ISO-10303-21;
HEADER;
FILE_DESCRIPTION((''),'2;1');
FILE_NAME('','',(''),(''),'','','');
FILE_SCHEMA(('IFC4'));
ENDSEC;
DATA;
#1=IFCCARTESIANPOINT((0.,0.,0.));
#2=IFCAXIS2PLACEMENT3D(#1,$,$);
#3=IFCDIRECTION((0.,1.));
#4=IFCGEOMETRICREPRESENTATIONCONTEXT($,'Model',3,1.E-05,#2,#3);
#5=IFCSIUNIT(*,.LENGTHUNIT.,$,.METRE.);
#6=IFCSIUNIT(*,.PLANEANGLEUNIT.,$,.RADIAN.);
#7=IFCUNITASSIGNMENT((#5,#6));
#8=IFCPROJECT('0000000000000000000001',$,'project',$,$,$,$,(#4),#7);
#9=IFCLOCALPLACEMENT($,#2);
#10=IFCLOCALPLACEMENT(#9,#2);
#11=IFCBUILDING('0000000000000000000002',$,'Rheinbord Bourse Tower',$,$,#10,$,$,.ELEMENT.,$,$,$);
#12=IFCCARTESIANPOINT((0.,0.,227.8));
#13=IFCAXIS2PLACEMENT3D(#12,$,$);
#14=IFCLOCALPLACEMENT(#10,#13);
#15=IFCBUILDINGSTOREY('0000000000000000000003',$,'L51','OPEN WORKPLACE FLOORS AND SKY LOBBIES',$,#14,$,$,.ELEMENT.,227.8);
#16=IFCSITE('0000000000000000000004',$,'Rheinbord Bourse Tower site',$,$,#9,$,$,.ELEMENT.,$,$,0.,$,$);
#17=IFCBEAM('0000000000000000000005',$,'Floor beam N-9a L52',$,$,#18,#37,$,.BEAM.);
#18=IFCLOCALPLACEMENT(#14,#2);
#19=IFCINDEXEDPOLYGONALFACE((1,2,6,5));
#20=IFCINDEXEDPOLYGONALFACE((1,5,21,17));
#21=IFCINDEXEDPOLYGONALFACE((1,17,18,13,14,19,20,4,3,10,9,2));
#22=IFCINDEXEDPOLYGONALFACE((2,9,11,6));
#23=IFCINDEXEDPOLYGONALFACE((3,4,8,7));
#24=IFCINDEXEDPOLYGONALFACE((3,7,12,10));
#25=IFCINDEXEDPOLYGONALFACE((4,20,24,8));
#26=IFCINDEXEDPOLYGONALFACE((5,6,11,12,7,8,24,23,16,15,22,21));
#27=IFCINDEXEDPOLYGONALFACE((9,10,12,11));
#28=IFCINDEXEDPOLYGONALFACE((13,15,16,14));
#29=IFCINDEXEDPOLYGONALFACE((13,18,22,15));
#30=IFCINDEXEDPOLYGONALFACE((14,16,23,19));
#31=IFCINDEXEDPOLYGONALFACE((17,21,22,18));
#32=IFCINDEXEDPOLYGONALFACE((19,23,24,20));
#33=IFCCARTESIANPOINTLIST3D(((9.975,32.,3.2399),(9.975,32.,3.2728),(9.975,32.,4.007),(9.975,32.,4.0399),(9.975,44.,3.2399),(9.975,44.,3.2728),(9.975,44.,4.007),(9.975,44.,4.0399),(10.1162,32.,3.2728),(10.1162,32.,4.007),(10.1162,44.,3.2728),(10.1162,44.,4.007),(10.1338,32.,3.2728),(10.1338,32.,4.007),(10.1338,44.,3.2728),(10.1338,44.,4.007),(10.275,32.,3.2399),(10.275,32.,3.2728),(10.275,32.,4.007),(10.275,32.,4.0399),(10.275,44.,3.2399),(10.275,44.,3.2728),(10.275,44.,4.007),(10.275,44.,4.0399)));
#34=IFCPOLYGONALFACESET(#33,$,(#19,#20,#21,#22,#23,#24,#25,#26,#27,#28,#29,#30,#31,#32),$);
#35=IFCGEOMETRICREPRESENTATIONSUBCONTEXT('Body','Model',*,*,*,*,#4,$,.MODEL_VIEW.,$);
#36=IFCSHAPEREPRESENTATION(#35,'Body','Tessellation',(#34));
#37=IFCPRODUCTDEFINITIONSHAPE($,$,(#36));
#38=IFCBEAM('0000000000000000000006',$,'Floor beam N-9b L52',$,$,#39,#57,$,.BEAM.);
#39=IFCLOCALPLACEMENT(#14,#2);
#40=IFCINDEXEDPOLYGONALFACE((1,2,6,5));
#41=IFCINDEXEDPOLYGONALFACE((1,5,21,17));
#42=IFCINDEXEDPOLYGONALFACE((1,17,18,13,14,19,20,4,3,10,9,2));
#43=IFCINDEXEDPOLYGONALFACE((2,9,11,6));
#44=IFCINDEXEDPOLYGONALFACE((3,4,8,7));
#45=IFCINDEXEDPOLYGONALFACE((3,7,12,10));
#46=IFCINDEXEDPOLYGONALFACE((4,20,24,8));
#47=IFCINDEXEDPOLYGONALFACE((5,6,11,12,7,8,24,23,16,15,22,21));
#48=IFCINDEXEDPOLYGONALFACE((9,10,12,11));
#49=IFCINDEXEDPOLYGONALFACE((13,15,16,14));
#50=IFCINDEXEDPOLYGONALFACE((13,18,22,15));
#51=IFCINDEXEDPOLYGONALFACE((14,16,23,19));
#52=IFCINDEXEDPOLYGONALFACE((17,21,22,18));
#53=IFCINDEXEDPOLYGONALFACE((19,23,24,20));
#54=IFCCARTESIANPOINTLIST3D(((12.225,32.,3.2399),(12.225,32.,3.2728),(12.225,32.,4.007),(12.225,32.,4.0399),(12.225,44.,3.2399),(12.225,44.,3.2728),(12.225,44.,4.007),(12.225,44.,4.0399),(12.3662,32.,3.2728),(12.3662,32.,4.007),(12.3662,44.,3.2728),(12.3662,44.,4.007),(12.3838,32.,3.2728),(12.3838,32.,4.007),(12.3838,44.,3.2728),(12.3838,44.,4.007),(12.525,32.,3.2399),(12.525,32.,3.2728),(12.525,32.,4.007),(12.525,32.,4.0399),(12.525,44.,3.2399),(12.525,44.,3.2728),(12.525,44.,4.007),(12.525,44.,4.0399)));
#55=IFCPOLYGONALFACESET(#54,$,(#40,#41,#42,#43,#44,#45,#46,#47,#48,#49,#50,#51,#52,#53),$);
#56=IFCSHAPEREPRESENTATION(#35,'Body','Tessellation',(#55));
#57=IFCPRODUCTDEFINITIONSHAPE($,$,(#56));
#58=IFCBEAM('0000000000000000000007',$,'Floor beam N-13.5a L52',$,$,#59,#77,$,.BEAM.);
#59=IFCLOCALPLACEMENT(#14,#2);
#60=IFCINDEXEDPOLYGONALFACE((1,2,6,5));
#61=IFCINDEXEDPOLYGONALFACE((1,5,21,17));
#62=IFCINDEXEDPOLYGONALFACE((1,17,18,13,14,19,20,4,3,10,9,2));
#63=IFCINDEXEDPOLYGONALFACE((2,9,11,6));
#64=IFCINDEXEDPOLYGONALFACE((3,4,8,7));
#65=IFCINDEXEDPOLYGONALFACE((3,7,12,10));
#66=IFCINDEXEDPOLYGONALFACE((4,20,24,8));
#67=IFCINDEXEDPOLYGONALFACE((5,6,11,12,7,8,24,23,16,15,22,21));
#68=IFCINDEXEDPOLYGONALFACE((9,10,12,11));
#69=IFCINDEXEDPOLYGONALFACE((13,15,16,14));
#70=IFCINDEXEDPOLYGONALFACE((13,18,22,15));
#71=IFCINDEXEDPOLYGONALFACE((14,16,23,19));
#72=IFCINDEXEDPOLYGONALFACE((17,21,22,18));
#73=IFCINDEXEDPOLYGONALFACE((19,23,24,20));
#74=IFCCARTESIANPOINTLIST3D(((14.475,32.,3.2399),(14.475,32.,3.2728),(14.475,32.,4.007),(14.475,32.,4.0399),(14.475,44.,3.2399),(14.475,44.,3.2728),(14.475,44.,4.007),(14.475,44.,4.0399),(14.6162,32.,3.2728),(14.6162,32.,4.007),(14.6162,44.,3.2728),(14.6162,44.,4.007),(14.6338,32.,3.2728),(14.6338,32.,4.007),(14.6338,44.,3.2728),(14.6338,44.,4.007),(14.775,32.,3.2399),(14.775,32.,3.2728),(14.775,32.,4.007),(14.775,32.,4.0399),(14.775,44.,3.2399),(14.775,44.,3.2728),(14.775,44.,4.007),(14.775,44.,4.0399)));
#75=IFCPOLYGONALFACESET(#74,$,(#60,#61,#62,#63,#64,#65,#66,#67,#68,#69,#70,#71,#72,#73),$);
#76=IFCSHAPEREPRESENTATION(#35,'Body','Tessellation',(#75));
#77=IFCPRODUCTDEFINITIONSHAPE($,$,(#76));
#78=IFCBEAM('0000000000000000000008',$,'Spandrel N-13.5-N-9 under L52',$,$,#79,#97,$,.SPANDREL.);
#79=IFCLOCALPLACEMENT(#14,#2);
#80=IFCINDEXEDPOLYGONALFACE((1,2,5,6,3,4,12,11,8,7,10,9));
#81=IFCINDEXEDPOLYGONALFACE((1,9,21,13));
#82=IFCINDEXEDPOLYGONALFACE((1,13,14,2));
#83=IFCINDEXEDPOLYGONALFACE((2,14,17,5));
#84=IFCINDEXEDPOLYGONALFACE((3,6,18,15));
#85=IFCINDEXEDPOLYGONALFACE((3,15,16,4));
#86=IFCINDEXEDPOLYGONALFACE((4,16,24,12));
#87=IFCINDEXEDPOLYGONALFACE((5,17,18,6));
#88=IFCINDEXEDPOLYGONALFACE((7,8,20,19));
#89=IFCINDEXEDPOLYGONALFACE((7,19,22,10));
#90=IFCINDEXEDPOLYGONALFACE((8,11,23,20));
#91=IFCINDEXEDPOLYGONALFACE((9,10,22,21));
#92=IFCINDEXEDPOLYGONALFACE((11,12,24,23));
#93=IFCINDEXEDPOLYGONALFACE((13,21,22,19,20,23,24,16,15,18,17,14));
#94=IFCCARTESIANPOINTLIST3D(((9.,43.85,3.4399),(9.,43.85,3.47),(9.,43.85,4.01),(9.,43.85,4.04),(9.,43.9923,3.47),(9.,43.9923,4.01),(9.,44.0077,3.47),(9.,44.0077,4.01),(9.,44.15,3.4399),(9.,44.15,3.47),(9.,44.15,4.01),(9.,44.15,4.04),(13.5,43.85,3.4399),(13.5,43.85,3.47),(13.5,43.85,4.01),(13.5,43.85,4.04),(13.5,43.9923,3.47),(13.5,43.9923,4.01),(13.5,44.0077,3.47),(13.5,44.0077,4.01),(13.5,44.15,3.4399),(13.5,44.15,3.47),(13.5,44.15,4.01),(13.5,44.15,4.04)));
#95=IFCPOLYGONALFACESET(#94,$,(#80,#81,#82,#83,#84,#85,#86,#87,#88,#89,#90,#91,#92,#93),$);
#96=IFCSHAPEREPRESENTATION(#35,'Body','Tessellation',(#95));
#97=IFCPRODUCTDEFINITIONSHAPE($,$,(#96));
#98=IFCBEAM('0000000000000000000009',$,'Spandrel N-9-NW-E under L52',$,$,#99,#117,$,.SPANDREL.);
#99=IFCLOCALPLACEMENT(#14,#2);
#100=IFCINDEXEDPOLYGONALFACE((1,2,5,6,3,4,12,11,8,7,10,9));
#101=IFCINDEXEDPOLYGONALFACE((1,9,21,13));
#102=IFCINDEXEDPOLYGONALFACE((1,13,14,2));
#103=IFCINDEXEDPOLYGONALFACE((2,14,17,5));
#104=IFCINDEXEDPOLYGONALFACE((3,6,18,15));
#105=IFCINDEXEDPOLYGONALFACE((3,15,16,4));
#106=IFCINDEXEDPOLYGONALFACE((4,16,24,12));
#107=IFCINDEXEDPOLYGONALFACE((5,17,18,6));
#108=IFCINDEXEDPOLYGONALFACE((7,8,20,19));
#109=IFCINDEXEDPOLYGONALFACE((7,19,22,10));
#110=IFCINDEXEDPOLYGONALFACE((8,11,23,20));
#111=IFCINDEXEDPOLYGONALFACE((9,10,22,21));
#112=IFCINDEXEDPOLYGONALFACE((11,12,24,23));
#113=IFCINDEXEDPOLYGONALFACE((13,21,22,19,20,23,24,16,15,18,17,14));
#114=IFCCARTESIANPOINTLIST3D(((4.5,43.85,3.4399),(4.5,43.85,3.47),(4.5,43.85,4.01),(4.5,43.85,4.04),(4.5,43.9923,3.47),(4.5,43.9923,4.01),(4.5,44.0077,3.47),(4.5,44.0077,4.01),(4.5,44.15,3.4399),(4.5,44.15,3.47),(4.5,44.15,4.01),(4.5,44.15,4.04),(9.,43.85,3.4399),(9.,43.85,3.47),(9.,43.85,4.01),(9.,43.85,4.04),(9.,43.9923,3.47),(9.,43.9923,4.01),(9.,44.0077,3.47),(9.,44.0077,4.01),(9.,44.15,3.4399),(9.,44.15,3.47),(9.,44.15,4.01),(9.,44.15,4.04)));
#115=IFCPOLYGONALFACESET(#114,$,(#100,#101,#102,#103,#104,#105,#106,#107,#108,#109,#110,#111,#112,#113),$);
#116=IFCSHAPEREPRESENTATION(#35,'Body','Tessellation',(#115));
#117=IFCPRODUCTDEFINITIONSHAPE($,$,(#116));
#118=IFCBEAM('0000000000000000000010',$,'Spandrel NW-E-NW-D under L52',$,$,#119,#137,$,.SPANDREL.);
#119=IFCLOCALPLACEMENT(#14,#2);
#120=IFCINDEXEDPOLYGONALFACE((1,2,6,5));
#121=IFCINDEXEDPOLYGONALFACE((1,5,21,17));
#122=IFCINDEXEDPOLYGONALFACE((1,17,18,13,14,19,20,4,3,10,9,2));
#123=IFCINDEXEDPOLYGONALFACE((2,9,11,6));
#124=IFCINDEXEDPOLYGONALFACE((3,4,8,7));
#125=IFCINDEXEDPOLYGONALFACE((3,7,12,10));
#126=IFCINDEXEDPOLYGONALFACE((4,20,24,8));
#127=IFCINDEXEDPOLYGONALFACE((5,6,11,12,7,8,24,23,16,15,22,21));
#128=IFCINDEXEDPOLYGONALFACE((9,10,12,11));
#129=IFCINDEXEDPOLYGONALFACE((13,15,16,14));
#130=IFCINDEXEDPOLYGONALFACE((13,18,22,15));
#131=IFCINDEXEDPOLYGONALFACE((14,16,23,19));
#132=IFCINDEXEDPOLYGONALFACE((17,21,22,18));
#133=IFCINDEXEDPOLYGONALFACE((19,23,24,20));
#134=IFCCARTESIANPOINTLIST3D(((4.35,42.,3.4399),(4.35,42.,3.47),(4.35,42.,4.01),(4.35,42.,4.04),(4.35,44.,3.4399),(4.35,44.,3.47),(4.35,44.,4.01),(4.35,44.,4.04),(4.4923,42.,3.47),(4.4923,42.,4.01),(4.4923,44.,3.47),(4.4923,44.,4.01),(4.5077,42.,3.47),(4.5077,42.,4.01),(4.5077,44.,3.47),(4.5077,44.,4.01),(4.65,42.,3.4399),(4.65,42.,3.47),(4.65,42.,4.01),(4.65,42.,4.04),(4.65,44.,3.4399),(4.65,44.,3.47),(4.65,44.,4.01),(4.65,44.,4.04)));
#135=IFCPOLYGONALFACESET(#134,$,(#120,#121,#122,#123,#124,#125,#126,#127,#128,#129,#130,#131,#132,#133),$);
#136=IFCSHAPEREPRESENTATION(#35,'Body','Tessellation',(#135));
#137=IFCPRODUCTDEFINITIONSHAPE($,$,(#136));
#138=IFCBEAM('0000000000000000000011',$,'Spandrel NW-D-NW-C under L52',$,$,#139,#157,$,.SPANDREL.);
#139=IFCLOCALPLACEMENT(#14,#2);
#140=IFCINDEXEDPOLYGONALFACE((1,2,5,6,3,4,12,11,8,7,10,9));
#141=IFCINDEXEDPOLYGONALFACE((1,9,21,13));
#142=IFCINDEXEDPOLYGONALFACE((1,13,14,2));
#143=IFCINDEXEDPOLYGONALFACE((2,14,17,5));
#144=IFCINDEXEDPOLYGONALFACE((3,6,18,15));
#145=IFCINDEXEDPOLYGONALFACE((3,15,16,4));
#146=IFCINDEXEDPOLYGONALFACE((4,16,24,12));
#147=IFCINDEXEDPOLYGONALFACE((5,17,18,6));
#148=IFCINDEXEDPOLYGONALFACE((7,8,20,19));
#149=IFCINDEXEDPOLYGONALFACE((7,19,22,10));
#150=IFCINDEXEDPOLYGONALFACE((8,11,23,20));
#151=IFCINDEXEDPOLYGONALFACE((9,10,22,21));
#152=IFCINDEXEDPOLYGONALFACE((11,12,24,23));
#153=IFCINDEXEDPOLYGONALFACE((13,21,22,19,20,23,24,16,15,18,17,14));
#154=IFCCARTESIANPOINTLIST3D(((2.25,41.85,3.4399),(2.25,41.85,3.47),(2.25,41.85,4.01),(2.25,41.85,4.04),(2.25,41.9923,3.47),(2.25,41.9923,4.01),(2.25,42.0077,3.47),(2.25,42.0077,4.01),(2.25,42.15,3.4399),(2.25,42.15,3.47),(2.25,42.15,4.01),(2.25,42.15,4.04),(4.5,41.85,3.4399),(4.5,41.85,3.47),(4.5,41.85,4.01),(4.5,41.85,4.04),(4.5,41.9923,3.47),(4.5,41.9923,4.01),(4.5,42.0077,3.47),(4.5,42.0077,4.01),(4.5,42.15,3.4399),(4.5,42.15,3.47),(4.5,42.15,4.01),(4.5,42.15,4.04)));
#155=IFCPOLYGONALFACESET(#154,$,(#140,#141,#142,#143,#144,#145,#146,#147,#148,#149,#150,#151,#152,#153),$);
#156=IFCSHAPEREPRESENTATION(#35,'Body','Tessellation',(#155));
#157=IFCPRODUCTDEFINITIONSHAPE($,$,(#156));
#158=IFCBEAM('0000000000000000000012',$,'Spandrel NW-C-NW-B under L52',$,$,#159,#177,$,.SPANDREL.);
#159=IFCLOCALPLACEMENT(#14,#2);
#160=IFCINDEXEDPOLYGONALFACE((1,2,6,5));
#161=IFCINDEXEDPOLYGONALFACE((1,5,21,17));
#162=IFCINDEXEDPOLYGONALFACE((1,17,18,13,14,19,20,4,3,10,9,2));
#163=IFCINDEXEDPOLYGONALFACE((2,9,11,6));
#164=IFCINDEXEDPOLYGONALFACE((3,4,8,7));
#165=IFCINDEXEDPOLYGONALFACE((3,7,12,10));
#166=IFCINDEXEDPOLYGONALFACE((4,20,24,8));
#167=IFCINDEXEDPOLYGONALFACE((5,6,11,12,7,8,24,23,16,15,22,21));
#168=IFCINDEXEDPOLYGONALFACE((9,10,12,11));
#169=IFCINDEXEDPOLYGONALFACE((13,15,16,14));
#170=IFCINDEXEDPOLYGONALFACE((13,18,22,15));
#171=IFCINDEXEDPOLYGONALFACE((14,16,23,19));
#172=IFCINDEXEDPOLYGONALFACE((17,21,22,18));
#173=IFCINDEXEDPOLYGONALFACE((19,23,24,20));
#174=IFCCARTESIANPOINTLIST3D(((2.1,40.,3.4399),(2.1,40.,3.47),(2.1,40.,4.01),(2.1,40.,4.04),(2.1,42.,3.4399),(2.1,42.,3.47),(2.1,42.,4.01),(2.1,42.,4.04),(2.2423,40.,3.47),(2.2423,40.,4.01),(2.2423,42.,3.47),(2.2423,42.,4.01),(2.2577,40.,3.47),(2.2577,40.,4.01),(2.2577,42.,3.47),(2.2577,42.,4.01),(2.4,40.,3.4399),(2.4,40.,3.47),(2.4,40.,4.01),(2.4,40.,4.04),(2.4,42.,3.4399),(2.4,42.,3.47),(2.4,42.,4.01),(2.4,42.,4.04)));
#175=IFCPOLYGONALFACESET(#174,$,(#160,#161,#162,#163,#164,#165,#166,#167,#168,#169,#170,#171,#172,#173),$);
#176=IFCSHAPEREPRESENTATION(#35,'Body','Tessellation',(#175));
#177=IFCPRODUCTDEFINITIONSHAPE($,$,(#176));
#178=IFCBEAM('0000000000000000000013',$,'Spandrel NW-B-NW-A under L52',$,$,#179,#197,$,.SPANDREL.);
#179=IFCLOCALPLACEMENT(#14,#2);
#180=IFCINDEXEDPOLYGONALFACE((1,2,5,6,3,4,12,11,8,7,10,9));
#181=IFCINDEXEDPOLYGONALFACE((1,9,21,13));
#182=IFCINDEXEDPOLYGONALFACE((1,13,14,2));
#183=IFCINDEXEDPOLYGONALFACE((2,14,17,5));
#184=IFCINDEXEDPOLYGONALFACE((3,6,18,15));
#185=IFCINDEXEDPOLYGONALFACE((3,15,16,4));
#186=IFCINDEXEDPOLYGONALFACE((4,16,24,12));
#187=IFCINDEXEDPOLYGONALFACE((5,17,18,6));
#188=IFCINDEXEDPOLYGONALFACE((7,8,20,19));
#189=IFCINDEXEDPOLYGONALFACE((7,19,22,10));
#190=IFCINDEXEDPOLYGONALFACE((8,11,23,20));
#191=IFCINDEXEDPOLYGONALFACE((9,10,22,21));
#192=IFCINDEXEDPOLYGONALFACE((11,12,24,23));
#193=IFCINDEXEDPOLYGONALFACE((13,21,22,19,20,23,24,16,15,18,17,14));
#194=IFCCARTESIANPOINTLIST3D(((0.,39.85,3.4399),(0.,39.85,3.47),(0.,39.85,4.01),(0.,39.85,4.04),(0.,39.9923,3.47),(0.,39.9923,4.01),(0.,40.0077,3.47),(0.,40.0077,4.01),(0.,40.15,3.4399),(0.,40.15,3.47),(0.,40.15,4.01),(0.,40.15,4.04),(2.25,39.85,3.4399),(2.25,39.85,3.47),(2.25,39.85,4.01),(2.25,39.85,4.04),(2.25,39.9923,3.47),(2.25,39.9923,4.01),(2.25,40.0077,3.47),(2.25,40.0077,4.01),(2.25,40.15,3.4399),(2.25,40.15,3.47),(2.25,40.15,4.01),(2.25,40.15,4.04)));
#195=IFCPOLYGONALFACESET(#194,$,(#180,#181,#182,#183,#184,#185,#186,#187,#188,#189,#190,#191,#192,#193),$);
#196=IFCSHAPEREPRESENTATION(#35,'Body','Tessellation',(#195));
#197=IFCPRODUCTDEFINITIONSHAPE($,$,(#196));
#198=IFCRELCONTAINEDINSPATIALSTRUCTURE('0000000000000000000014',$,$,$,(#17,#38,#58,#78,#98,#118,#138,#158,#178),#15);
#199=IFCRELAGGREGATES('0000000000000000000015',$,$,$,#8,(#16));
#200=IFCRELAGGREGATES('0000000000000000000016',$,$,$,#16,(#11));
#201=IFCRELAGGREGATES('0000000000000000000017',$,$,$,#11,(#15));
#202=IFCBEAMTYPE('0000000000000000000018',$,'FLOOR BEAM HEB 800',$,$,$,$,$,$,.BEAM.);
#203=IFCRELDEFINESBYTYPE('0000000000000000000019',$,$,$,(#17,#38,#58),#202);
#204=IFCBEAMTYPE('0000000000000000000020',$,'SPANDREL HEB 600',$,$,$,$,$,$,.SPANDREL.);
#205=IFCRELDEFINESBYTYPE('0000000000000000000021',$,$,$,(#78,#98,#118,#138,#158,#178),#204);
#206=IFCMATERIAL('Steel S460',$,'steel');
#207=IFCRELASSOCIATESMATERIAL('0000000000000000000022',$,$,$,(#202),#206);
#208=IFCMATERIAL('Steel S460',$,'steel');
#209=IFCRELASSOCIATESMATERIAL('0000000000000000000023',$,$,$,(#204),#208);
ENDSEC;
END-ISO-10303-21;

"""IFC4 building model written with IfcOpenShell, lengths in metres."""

from ifc_helpers import new_model, si_unit, direction, frame, origin, origin_2d, place, context, subcontext, project, spatial, i_section, extrude, material, material_profile, profile_set, type_object, element, save


model = new_model("IFC4")

# Units and contexts
model_context = context("Model", 3, precision=1e-05, world=origin(), true_north=direction((0.0, 1.0)))
body_context = subcontext(model_context, "Body", "Model", "MODEL_VIEW")
ifc_project = project(units=[si_unit("LENGTHUNIT", "METRE"), si_unit("PLANEANGLEUNIT", "RADIAN")], contexts=[model_context])

# Site, building, storey
site_placement = place(None, origin())
site = spatial("IfcSite", under=ifc_project, at=site_placement, Name="Rheinbord Bourse Tower site", CompositionType="ELEMENT", RefElevation=0.0)
building_placement = place(site_placement, origin())
building = spatial("IfcBuilding", under=site, at=building_placement, Name="Rheinbord Bourse Tower", CompositionType="ELEMENT")
storey_placement = place(building_placement, frame((0.0, 0.0, 227.8)))
storey = spatial("IfcBuildingStorey", under=building, at=storey_placement, Name="L51", Description="OPEN WORKPLACE FLOORS AND SKY LOBBIES", CompositionType="ELEMENT", Elevation=227.8)

# Beams
ifc_material_1 = material(Name="Steel S460", Category="steel")
ifc_material_profile_1 = material_profile(ifc_material_1, i_section(OverallWidth=0.3, OverallDepth=0.8, WebThickness=0.0176, FlangeThickness=0.033, at=origin_2d()), Name="HEB 800")
ifc_profile_set_1 = profile_set([ifc_material_profile_1], Name="Steel S460")
beam_type_1 = type_object("IfcBeamType", Name="FLOOR BEAM HEB 800", PredefinedType="BEAM", material=ifc_profile_set_1)
for number, where, z_axis, x_axis, name in (
    (1, (10.125, 44.0, 3.6399), (0.0, -1.0, 0.0), (1.0, 0.0, 0.0), "Floor beam N-9a L52"),
    (2, (12.375, 44.0, 3.6399), (0.0, -1.0, 0.0), (1.0, 0.0, 0.0), "Floor beam N-9b L52"),
    (3, (14.625, 44.0, 3.6399), (0.0, -1.0, 0.0), (1.0, 0.0, 0.0), "Floor beam N-13.5a L52"),
):
    element("IfcBeam", number, at=place(storey_placement, frame(where, z_axis=z_axis, x_axis=x_axis)), inside=storey, type_object=beam_type_1, Name=name, PredefinedType="BEAM", context=body_context, shape_type="SweptSolid", body=[
        extrude(i_section(OverallWidth=0.3, OverallDepth=0.8, WebThickness=0.0176, FlangeThickness=0.033, at=origin_2d()), origin(), (0.0, 0.0, 1.0), 12.0),
    ])
ifc_material_2 = material(Name="Steel S460", Category="steel")
ifc_material_profile_2 = material_profile(ifc_material_2, i_section(OverallWidth=0.3, OverallDepth=0.6001, WebThickness=0.0154, FlangeThickness=0.03, at=origin_2d()), Name="HEB 600")
ifc_profile_set_2 = profile_set([ifc_material_profile_2], Name="Steel S460")
beam_type_2 = type_object("IfcBeamType", Name="SPANDREL HEB 600", PredefinedType="SPANDREL", material=ifc_profile_set_2)
for number, where, z_axis, x_axis, name in (
    (4, (13.5, 44.0, 3.74), (-1.0, 0.0, 0.0), (0.0, -1.0, 0.0), "Spandrel N-13.5-N-9 under L52"),
    (5, (9.0, 44.0, 3.74), (-1.0, 0.0, 0.0), (0.0, -1.0, 0.0), "Spandrel N-9-NW-E under L52"),
):
    element("IfcBeam", number, at=place(storey_placement, frame(where, z_axis=z_axis, x_axis=x_axis)), inside=storey, type_object=beam_type_2, Name=name, PredefinedType="SPANDREL", context=body_context, shape_type="SweptSolid", body=[
        extrude(i_section(OverallWidth=0.3, OverallDepth=0.6001, WebThickness=0.0154, FlangeThickness=0.03, at=origin_2d()), origin(), (0.0, 0.0, 1.0), 4.5),
    ])
beam_1_placement = place(storey_placement, frame((4.5, 44.0, 3.74), z_axis=(0.0, -1.0, 0.0), x_axis=(1.0, 0.0, 0.0)))
element("IfcBeam", 6, at=beam_1_placement, inside=storey, type_object=beam_type_2, Name="Spandrel NW-E-NW-D under L52", PredefinedType="SPANDREL", context=body_context, shape_type="SweptSolid", body=[
    extrude(i_section(OverallWidth=0.3, OverallDepth=0.6001, WebThickness=0.0154, FlangeThickness=0.03, at=origin_2d()), origin(), (0.0, 0.0, 1.0), 2.0),
])
beam_2_placement = place(storey_placement, frame((4.5, 42.0, 3.74), z_axis=(-1.0, 0.0, 0.0), x_axis=(0.0, -1.0, 0.0)))
element("IfcBeam", 7, at=beam_2_placement, inside=storey, type_object=beam_type_2, Name="Spandrel NW-D-NW-C under L52", PredefinedType="SPANDREL", context=body_context, shape_type="SweptSolid", body=[
    extrude(i_section(OverallWidth=0.3, OverallDepth=0.6001, WebThickness=0.0154, FlangeThickness=0.03, at=origin_2d()), origin(), (0.0, 0.0, 1.0), 2.25),
])
beam_3_placement = place(storey_placement, frame((2.25, 42.0, 3.74), z_axis=(0.0, -1.0, 0.0), x_axis=(1.0, 0.0, 0.0)))
element("IfcBeam", 8, at=beam_3_placement, inside=storey, type_object=beam_type_2, Name="Spandrel NW-C-NW-B under L52", PredefinedType="SPANDREL", context=body_context, shape_type="SweptSolid", body=[
    extrude(i_section(OverallWidth=0.3, OverallDepth=0.6001, WebThickness=0.0154, FlangeThickness=0.03, at=origin_2d()), origin(), (0.0, 0.0, 1.0), 2.0),
])
beam_4_placement = place(storey_placement, frame((2.25, 40.0, 3.74), z_axis=(-1.0, 0.0, 0.0), x_axis=(0.0, -1.0, 0.0)))
element("IfcBeam", 9, at=beam_4_placement, inside=storey, type_object=beam_type_2, Name="Spandrel NW-B-NW-A under L52", PredefinedType="SPANDREL", context=body_context, shape_type="SweptSolid", body=[
    extrude(i_section(OverallWidth=0.3, OverallDepth=0.6001, WebThickness=0.0154, FlangeThickness=0.03, at=origin_2d()), origin(), (0.0, 0.0, 1.0), 2.25),
])

save(model, "model.ifc")
